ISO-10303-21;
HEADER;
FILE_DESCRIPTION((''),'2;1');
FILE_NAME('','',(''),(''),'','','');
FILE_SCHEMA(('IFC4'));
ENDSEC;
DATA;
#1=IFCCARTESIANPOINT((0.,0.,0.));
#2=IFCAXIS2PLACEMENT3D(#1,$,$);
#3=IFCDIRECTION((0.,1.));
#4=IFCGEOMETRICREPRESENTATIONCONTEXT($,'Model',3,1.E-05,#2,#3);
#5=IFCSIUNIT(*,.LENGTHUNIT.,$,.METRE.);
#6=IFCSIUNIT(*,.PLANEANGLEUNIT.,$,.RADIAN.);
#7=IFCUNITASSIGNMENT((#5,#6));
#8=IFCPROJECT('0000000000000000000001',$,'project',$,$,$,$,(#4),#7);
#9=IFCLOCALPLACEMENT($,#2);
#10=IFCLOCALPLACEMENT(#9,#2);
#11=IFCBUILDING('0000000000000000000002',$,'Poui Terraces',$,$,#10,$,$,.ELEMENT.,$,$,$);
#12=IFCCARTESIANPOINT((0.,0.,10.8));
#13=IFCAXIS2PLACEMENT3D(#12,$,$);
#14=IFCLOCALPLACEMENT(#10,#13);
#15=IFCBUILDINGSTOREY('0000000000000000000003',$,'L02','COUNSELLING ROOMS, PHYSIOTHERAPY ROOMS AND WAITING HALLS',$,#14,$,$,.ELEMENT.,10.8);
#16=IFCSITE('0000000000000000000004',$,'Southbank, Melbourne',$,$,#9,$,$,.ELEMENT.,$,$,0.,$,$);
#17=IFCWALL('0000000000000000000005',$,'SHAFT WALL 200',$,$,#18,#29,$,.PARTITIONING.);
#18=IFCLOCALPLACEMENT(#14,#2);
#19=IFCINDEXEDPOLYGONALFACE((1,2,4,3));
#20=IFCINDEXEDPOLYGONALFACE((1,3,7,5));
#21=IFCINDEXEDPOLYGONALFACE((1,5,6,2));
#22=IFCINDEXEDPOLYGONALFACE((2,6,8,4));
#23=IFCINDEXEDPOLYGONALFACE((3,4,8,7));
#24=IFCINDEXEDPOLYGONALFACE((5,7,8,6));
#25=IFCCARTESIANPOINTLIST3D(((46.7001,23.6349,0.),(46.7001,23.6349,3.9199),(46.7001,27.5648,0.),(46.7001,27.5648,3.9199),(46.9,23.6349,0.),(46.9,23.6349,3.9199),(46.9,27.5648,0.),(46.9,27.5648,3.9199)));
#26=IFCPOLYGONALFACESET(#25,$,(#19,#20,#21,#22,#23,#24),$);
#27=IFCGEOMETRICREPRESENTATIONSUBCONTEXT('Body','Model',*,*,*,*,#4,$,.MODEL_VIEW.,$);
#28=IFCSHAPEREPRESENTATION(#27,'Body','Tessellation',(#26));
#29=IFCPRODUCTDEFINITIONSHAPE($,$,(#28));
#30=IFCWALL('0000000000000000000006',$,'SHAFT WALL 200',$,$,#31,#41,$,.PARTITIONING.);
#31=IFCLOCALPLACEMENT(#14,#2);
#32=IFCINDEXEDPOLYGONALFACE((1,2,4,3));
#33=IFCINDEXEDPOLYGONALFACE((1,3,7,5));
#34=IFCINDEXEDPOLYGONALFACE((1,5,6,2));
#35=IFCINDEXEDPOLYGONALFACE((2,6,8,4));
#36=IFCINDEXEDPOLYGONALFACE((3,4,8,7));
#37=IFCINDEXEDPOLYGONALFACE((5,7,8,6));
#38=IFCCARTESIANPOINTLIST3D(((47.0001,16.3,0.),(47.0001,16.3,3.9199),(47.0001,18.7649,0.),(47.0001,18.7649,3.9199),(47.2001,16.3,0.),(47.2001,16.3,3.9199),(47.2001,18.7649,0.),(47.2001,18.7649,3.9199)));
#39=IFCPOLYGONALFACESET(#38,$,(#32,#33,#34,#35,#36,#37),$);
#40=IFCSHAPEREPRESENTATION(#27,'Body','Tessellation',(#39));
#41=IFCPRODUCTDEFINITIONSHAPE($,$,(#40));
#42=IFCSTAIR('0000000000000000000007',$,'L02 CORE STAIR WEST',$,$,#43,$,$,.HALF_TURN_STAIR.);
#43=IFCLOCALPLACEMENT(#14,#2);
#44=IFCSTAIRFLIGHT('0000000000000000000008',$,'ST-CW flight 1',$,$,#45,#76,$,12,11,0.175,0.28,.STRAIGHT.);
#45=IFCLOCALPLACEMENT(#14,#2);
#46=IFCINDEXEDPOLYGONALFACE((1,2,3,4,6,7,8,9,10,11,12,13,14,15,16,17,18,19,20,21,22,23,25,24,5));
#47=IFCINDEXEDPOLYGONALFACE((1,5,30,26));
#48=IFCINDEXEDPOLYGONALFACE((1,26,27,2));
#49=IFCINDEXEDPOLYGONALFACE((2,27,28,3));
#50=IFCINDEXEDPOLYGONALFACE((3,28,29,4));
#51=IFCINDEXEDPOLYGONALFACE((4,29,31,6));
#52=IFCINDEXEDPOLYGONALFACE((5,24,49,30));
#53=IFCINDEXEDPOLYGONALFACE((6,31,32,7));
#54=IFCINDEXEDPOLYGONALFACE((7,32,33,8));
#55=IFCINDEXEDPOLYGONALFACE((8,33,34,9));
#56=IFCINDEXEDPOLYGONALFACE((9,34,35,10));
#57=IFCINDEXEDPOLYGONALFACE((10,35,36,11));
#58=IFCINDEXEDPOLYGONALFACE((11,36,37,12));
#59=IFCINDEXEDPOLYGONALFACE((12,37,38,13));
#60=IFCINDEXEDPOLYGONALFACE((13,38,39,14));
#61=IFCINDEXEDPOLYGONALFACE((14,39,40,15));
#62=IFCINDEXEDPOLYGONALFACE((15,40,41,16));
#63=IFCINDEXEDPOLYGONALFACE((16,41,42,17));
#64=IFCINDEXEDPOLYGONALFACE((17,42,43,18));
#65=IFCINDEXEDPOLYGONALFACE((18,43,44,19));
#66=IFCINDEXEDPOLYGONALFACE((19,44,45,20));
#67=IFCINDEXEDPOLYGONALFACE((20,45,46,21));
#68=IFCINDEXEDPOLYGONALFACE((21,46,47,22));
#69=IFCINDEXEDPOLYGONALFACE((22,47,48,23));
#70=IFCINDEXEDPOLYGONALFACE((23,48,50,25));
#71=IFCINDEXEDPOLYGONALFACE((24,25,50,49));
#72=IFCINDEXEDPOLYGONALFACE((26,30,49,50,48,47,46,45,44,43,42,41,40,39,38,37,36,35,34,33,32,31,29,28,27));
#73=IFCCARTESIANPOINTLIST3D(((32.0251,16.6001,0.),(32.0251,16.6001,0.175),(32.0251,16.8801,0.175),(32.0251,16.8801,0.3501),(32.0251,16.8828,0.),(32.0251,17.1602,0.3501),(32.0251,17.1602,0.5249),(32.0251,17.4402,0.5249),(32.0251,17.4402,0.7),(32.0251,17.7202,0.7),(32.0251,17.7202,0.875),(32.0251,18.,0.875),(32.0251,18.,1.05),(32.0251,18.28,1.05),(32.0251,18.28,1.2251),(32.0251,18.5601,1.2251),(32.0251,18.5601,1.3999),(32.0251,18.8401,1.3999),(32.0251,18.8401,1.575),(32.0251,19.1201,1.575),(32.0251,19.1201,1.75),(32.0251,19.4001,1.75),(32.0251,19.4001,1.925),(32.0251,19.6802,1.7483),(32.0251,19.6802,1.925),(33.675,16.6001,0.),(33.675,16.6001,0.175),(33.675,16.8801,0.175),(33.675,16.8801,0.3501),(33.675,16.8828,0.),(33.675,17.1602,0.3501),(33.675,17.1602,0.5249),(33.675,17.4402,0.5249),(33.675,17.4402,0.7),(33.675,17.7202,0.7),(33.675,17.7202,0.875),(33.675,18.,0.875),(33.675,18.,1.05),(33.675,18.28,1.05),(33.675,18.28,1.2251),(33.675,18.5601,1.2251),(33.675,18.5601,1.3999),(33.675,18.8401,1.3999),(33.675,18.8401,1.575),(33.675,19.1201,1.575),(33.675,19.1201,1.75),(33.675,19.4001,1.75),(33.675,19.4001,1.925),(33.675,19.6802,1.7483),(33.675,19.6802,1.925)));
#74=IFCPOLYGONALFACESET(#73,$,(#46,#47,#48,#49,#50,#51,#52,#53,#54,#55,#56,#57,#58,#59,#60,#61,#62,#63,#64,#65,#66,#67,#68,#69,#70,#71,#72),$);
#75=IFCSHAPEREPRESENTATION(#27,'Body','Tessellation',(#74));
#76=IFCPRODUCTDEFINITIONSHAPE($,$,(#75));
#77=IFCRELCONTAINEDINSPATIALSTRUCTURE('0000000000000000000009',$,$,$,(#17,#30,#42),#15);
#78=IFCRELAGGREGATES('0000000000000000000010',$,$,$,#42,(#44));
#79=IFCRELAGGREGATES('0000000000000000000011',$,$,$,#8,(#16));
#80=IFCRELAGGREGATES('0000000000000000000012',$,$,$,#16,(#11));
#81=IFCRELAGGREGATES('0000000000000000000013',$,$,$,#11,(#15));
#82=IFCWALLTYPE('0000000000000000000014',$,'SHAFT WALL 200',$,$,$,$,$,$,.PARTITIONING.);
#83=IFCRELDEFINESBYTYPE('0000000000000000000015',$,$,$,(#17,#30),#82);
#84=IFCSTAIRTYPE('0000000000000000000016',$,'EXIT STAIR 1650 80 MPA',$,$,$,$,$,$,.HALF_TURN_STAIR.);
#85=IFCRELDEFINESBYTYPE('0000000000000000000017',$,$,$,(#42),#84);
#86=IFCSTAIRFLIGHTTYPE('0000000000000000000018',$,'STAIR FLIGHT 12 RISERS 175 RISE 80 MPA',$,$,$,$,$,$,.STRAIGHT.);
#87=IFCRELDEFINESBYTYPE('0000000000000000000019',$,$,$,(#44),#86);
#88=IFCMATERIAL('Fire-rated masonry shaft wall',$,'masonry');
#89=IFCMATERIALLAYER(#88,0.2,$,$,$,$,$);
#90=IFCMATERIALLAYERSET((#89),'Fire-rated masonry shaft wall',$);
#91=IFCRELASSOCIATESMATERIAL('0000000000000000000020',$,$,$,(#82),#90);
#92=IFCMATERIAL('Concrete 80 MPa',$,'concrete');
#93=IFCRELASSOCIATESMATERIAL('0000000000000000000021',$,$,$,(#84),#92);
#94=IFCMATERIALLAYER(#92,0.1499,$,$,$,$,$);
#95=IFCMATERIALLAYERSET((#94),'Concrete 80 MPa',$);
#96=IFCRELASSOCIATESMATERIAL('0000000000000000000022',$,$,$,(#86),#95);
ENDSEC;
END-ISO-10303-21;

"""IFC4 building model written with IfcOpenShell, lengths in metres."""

from ifc_helpers import new_model, si_unit, direction, frame, frame_2d, origin, place, context, subcontext, project, spatial, polyline, rectangle, outline, extrude, material, layer, layer_set, type_object, element, aggregate, save


model = new_model("IFC4")

# Units and contexts
model_context = context("Model", 3, precision=1e-05, world=origin(), true_north=direction((0.0, 1.0)))
body_context = subcontext(model_context, "Body", "Model", "MODEL_VIEW")
ifc_project = project(units=[si_unit("LENGTHUNIT", "METRE"), si_unit("PLANEANGLEUNIT", "RADIAN")], contexts=[model_context])

# Site, building, storey
site_placement = place(None, origin())
site = spatial("IfcSite", under=ifc_project, at=site_placement, Name="Southbank, Melbourne", CompositionType="ELEMENT", RefElevation=0.0)
building_placement = place(site_placement, origin())
building = spatial("IfcBuilding", under=site, at=building_placement, Name="Poui Terraces", CompositionType="ELEMENT")
storey_placement = place(building_placement, frame((0.0, 0.0, 10.8)))
storey = spatial("IfcBuildingStorey", under=building, at=storey_placement, Name="L02", Description="COUNSELLING ROOMS, PHYSIOTHERAPY ROOMS AND WAITING HALLS", CompositionType="ELEMENT", Elevation=10.8)

# Shared definitions
ifc_material_1 = material(Name="Concrete 80 MPa", Category="concrete")

# Walls
ifc_material_2 = material(Name="Fire-rated masonry shaft wall", Category="masonry")
ifc_layer_1 = layer(ifc_material_2, 0.2)
ifc_layer_set_1 = layer_set([ifc_layer_1], Name="Fire-rated masonry shaft wall")
wall_type_1 = type_object("IfcWallType", Name="SHAFT WALL 200", PredefinedType="PARTITIONING", material=ifc_layer_set_1)
wall_1_placement = place(storey_placement, frame((46.8, 23.635, 0.0), z_axis=(0.0, 0.0, 1.0), x_axis=(0.0, 1.0, 0.0)))
element("IfcWall", 1, at=wall_1_placement, inside=storey, type_object=wall_type_1, Name="SHAFT WALL 200", PredefinedType="PARTITIONING", context=body_context, shape_type="SweptSolid", body=[
    extrude(rectangle(XDim=3.9299, YDim=0.2, at=frame_2d((1.9648, 0.0))), origin(), (0.0, 0.0, 1.0), 3.9199),
])
wall_2_placement = place(storey_placement, frame((47.1001, 16.3, 0.0), z_axis=(0.0, 0.0, 1.0), x_axis=(0.0, 1.0, 0.0)))
element("IfcWall", 2, at=wall_2_placement, inside=storey, type_object=wall_type_1, Name="SHAFT WALL 200", PredefinedType="PARTITIONING", context=body_context, shape_type="SweptSolid", body=[
    extrude(rectangle(XDim=2.4648, YDim=0.2, at=frame_2d((1.2324, 0.0))), origin(), (0.0, 0.0, 1.0), 3.9199),
])

# Stair, stair flight
stair_type = type_object("IfcStairType", Name="EXIT STAIR 1650 80 MPA", PredefinedType="HALF_TURN_STAIR", material=ifc_material_1)
stair_placement = place(storey_placement, origin())
stair = element("IfcStair", 3, at=stair_placement, inside=storey, type_object=stair_type, Name="L02 CORE STAIR WEST", PredefinedType="HALF_TURN_STAIR")
ifc_layer_2 = layer(ifc_material_1, 0.1499)
ifc_layer_set_2 = layer_set([ifc_layer_2], Name="Concrete 80 MPa")
stair_flight_type = type_object("IfcStairFlightType", Name="STAIR FLIGHT 12 RISERS 175 RISE 80 MPA", PredefinedType="STRAIGHT", material=ifc_layer_set_2)
stair_flight_placement = place(storey_placement, frame((32.8501, 16.6001, 0.0), z_axis=(0.0, 0.0, 1.0), x_axis=(0.0, 1.0, 0.0)))
stair_flight = element("IfcStairFlight", 4, at=stair_flight_placement, type_object=stair_flight_type, Name="ST-CW flight 1", NumberOfRisers=12, NumberOfTreads=11, PredefinedType="STRAIGHT", RiserHeight=0.175, TreadLength=0.28, context=body_context, shape_type="SweptSolid", body=[
    extrude(outline(polyline([(0.0, 0.0), (0.0, 0.175), (0.28, 0.175), (0.28, 0.3501), (0.5601, 0.3501), (0.5601, 0.5249), (0.8401, 0.5249), (0.8401, 0.7), (1.1201, 0.7), (1.1201, 0.875), (1.3999, 0.875), (1.3999, 1.05), (1.6799, 1.05), (1.6799, 1.2251), (1.96, 1.2251), (1.96, 1.3999), (2.24, 1.3999), (2.24, 1.575), (2.52, 1.575), (2.52, 1.75), (2.8, 1.75), (2.8, 1.925), (3.0801, 1.925), (3.0801, 2.1001), (3.0801, 1.7483), (0.2827, 0.0), (0.0, 0.0)])), frame((0.0, 0.825, 0.0), z_axis=(0.0, -1.0, 0.0), x_axis=(1.0, 0.0, 0.0)), (0.0, 0.0, 1.0), 1.6499),
])
aggregate(stair, [stair_flight])

save(model, "model.ifc")
